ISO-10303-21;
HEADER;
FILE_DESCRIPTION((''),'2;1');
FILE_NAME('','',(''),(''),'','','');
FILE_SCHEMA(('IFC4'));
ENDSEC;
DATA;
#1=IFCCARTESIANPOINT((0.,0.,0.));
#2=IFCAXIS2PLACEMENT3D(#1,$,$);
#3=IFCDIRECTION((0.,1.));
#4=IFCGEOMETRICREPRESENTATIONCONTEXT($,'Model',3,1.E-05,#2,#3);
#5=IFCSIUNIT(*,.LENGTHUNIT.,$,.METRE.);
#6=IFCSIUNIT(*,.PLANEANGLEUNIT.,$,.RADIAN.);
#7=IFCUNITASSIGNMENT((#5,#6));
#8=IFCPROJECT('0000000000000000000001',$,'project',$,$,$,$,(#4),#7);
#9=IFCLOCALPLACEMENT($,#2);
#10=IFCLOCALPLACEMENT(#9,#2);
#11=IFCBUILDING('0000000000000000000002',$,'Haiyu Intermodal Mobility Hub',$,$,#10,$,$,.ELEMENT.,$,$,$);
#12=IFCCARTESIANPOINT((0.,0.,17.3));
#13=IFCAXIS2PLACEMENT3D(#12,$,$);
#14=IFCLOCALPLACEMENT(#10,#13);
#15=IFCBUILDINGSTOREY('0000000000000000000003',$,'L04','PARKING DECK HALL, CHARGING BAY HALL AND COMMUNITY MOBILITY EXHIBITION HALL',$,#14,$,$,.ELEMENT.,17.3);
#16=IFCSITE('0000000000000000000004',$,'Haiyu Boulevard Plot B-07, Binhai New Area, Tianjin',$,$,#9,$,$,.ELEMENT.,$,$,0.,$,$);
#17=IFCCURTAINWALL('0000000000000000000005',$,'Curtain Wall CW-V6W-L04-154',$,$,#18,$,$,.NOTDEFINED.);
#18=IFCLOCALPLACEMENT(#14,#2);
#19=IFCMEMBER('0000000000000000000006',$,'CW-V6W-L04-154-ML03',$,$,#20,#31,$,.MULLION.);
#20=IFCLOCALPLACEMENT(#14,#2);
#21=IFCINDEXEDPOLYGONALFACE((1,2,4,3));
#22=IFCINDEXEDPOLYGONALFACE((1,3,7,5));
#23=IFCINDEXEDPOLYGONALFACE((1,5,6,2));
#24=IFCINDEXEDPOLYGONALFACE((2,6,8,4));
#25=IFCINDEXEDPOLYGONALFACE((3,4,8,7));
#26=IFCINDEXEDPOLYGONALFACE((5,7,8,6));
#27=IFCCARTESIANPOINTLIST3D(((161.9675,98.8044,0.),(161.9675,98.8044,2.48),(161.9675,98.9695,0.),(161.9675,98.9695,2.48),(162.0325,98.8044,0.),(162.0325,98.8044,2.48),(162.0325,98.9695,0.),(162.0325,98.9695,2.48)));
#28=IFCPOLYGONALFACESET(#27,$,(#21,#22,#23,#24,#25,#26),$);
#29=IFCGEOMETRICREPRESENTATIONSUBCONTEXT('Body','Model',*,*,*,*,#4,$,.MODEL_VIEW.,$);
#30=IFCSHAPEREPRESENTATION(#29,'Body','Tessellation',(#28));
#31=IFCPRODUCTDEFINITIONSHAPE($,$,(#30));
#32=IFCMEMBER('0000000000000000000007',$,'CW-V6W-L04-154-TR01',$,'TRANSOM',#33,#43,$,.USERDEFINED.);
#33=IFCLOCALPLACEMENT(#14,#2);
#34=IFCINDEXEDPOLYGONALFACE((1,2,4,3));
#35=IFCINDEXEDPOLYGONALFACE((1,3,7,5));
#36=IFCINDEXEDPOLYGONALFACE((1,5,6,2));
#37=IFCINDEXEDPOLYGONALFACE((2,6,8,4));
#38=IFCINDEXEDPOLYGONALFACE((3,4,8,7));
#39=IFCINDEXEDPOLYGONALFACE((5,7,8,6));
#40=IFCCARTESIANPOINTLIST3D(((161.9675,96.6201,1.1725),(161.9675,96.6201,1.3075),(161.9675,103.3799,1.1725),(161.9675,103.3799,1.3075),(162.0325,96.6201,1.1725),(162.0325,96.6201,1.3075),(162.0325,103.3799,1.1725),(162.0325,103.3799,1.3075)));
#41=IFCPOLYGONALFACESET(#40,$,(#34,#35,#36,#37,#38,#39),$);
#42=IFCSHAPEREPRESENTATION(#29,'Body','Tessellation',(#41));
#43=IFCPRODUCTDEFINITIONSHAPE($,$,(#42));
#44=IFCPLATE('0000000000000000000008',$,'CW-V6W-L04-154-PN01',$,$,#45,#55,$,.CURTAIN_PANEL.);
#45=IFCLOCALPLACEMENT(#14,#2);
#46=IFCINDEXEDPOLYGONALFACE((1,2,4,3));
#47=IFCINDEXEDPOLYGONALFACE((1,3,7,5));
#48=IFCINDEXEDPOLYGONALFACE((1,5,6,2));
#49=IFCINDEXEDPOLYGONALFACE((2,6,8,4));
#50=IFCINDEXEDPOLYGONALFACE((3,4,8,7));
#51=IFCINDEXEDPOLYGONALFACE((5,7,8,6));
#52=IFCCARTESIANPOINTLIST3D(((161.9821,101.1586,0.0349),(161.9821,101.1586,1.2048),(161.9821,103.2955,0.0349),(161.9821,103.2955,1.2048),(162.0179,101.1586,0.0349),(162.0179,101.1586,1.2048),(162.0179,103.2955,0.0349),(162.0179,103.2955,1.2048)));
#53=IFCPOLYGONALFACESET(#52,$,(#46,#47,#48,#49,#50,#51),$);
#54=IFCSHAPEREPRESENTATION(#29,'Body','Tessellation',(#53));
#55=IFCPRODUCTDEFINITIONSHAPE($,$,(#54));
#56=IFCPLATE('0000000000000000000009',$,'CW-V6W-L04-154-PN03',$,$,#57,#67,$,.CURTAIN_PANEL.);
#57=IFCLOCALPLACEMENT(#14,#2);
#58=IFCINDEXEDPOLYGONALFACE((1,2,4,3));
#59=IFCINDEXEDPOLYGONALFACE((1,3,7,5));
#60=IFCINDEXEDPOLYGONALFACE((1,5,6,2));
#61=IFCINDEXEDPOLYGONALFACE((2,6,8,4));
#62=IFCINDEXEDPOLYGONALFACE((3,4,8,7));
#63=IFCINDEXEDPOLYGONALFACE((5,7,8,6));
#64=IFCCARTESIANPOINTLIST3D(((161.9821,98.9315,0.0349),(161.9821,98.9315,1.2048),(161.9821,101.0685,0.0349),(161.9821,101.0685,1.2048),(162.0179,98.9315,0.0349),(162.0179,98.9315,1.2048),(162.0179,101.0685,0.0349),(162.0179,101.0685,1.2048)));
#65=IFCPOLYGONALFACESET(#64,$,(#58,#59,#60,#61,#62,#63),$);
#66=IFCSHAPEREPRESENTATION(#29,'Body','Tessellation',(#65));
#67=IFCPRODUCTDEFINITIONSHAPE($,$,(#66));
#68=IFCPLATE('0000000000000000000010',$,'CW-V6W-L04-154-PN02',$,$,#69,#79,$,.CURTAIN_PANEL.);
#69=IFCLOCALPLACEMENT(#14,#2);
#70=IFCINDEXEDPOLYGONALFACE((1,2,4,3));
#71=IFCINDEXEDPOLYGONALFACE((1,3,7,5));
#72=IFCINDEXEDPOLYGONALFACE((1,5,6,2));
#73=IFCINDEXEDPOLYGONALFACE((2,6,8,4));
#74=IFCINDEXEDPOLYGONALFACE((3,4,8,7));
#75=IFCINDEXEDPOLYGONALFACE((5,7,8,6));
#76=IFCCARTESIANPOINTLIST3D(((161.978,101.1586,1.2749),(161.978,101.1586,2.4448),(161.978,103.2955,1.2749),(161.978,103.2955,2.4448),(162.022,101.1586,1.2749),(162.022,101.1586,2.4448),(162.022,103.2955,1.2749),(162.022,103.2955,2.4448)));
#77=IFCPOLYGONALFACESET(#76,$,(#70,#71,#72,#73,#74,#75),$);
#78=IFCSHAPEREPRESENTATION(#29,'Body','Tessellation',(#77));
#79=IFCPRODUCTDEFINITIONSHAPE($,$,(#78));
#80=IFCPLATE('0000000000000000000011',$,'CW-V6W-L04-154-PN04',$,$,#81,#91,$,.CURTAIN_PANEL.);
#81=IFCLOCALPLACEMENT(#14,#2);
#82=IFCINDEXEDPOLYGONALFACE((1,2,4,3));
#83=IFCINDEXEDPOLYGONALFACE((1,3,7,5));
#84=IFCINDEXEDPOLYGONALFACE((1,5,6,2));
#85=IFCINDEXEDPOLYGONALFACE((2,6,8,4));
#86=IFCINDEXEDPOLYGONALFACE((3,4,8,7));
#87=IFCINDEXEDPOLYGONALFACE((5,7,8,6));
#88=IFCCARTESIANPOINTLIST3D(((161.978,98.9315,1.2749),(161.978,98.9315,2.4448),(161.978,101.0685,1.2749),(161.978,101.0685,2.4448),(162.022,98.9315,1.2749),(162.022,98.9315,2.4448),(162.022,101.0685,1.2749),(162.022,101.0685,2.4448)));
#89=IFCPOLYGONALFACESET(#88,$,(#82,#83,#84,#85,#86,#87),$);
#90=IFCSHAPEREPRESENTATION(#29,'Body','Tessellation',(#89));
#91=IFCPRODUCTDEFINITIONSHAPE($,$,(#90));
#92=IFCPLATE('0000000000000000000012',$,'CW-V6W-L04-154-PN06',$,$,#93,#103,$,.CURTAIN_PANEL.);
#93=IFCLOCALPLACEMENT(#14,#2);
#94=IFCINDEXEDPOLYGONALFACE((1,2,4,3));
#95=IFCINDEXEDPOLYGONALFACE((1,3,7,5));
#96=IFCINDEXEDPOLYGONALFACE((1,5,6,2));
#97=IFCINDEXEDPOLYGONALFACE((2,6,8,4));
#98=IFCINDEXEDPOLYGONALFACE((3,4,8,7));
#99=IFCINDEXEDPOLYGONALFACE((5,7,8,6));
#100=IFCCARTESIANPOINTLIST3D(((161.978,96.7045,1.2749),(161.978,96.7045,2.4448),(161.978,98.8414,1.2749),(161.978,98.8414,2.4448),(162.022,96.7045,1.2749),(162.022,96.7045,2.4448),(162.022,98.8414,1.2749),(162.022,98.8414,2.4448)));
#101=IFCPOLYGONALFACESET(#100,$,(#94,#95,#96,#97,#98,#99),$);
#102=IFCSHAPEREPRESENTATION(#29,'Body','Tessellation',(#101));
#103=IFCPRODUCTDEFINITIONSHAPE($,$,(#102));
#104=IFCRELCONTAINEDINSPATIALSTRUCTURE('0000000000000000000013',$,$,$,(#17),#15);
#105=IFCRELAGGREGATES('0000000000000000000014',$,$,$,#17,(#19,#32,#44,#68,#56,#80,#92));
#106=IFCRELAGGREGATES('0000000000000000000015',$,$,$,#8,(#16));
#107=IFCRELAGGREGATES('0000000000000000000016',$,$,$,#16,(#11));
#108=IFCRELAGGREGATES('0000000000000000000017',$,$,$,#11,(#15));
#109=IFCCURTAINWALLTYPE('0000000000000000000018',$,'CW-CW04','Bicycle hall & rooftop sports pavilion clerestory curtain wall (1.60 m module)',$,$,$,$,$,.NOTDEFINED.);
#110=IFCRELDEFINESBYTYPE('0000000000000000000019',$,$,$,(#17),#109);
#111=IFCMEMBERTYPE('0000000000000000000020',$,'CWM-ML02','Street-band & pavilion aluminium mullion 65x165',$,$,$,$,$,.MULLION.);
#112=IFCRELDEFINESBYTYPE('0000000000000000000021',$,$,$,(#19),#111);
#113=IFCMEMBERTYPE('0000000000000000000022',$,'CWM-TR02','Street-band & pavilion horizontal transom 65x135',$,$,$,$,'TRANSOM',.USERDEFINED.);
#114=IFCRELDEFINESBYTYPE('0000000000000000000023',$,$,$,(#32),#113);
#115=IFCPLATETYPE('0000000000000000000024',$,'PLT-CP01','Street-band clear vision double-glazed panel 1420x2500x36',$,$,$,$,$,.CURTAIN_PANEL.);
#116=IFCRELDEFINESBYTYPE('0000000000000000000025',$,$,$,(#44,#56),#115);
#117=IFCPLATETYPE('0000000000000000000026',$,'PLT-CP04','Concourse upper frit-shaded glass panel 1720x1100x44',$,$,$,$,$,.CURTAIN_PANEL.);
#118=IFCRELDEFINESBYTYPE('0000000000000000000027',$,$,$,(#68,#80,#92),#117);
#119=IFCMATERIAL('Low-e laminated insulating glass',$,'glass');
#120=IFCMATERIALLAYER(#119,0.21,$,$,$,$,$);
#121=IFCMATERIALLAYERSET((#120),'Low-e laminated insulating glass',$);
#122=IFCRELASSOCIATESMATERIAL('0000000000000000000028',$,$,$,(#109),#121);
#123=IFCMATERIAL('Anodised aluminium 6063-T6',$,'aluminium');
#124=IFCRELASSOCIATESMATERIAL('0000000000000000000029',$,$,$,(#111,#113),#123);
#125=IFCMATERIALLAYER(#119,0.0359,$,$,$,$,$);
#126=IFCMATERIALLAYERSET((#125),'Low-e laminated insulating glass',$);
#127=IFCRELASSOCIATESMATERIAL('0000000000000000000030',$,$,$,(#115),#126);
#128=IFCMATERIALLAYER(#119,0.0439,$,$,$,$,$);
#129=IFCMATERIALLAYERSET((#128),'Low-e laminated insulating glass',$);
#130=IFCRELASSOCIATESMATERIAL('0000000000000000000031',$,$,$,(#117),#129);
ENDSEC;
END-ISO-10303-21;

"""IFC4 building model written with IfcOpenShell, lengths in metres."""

from ifc_helpers import new_model, si_unit, direction, frame, origin, origin_2d, place, context, subcontext, project, spatial, rectangle, extrude, material, layer, layer_set, material_profile, profile_set, type_object, element, aggregate, save


model = new_model("IFC4")

# Units and contexts
model_context = context("Model", 3, precision=1e-05, world=origin(), true_north=direction((0.0, 1.0)))
body_context = subcontext(model_context, "Body", "Model", "MODEL_VIEW")
ifc_project = project(units=[si_unit("LENGTHUNIT", "METRE"), si_unit("PLANEANGLEUNIT", "RADIAN")], contexts=[model_context])

# Site, building, storey
site_placement = place(None, origin())
site = spatial("IfcSite", under=ifc_project, at=site_placement, Name="Haiyu Boulevard Plot B-07, Binhai New Area, Tianjin", CompositionType="ELEMENT", RefElevation=0.0)
building_placement = place(site_placement, origin())
building = spatial("IfcBuilding", under=site, at=building_placement, Name="Haiyu Intermodal Mobility Hub", CompositionType="ELEMENT")
storey_placement = place(building_placement, frame((0.0, 0.0, 17.3)))
storey = spatial("IfcBuildingStorey", under=building, at=storey_placement, Name="L04", Description="PARKING DECK HALL, CHARGING BAY HALL AND COMMUNITY MOBILITY EXHIBITION HALL", CompositionType="ELEMENT", Elevation=17.3)

# Curtain wall, members, plates
ifc_material_1 = material(Name="Low-e laminated insulating glass", Category="glass")
ifc_layer_1 = layer(ifc_material_1, 0.21)
ifc_layer_set_1 = layer_set([ifc_layer_1], Name="Low-e laminated insulating glass")
curtain_wall_type = type_object("IfcCurtainWallType", Name="CW-CW04", Description="Bicycle hall & rooftop sports pavilion clerestory curtain wall (1.60 m module)", PredefinedType="NOTDEFINED", material=ifc_layer_set_1)
curtain_wall_placement = place(storey_placement, origin())
curtain_wall = element("IfcCurtainWall", 1, at=curtain_wall_placement, inside=storey, type_object=curtain_wall_type, Name="Curtain Wall CW-V6W-L04-154", PredefinedType="NOTDEFINED")
ifc_material_2 = material(Name="Anodised aluminium 6063-T6", Category="aluminium")
ifc_material_profile_1 = material_profile(ifc_material_2, rectangle(XDim=0.0649, YDim=0.165, at=origin_2d()), Name="ALU65x165")
ifc_profile_set_1 = profile_set([ifc_material_profile_1], Name="Anodised aluminium 6063-T6")
member_type_1 = type_object("IfcMemberType", Name="CWM-ML02", Description="Street-band & pavilion aluminium mullion 65x165", PredefinedType="MULLION", material=ifc_profile_set_1)
member_1_placement = place(storey_placement, frame((162.0, 98.887, 0.0), z_axis=(0.0, 0.0, 1.0), x_axis=(1.0, 0.0, 0.0)))
member_1 = element("IfcMember", 2, at=member_1_placement, type_object=member_type_1, Name="CW-V6W-L04-154-ML03", PredefinedType="MULLION", context=body_context, shape_type="SweptSolid", body=[
    extrude(rectangle(XDim=0.0649, YDim=0.165, at=origin_2d()), origin(), (0.0, 0.0, 1.0), 2.48),
])
ifc_material_profile_2 = material_profile(ifc_material_2, rectangle(XDim=0.0649, YDim=0.135, at=origin_2d()), Name="ALU65x135")
ifc_profile_set_2 = profile_set([ifc_material_profile_2], Name="Anodised aluminium 6063-T6")
member_type_2 = type_object("IfcMemberType", Name="CWM-TR02", Description="Street-band & pavilion horizontal transom 65x135", ElementType="TRANSOM", PredefinedType="USERDEFINED", material=ifc_profile_set_2)
member_2_placement = place(storey_placement, frame((162.0, 103.3799, 1.24), z_axis=(0.0, -1.0, 0.0), x_axis=(1.0, 0.0, 0.0)))
member_2 = element("IfcMember", 3, at=member_2_placement, type_object=member_type_2, Name="CW-V6W-L04-154-TR01", ObjectType="TRANSOM", PredefinedType="USERDEFINED", context=body_context, shape_type="SweptSolid", body=[
    extrude(rectangle(XDim=0.0649, YDim=0.135, at=origin_2d()), origin(), (0.0, 0.0, 1.0), 6.7598),
])
ifc_layer_2 = layer(ifc_material_1, 0.0359)
ifc_layer_set_2 = layer_set([ifc_layer_2], Name="Low-e laminated insulating glass")
plate_type_1 = type_object("IfcPlateType", Name="PLT-CP01", Description="Street-band clear vision double-glazed panel 1420x2500x36", PredefinedType="CURTAIN_PANEL", material=ifc_layer_set_2)
plate_1_placement = place(storey_placement, frame((162.0, 102.2271, 0.0349), z_axis=(0.0, 0.0, 1.0), x_axis=(0.0, -1.0, 0.0)))
plate_1 = element("IfcPlate", 4, at=plate_1_placement, type_object=plate_type_1, Name="CW-V6W-L04-154-PN01", PredefinedType="CURTAIN_PANEL", context=body_context, shape_type="SweptSolid", body=[
    extrude(rectangle(XDim=2.137, YDim=0.0359, at=origin_2d()), origin(), (0.0, 0.0, 1.0), 1.1699),
])
plate_2_placement = place(storey_placement, frame((162.0, 100.0, 0.0349), z_axis=(0.0, 0.0, 1.0), x_axis=(0.0, -1.0, 0.0)))
plate_2 = element("IfcPlate", 5, at=plate_2_placement, type_object=plate_type_1, Name="CW-V6W-L04-154-PN03", PredefinedType="CURTAIN_PANEL", context=body_context, shape_type="SweptSolid", body=[
    extrude(rectangle(XDim=2.137, YDim=0.0359, at=origin_2d()), origin(), (0.0, 0.0, 1.0), 1.1699),
])
ifc_layer_3 = layer(ifc_material_1, 0.0439)
ifc_layer_set_3 = layer_set([ifc_layer_3], Name="Low-e laminated insulating glass")
plate_type_2 = type_object("IfcPlateType", Name="PLT-CP04", Description="Concourse upper frit-shaded glass panel 1720x1100x44", PredefinedType="CURTAIN_PANEL", material=ifc_layer_set_3)
plate_3_placement = place(storey_placement, frame((162.0, 102.2271, 1.2749), z_axis=(0.0, 0.0, 1.0), x_axis=(0.0, -1.0, 0.0)))
plate_3 = element("IfcPlate", 6, at=plate_3_placement, type_object=plate_type_2, Name="CW-V6W-L04-154-PN02", PredefinedType="CURTAIN_PANEL", context=body_context, shape_type="SweptSolid", body=[
    extrude(rectangle(XDim=2.137, YDim=0.0439, at=origin_2d()), origin(), (0.0, 0.0, 1.0), 1.1699),
])
plate_4_placement = place(storey_placement, frame((162.0, 100.0, 1.2749), z_axis=(0.0, 0.0, 1.0), x_axis=(0.0, -1.0, 0.0)))
plate_4 = element("IfcPlate", 7, at=plate_4_placement, type_object=plate_type_2, Name="CW-V6W-L04-154-PN04", PredefinedType="CURTAIN_PANEL", context=body_context, shape_type="SweptSolid", body=[
    extrude(rectangle(XDim=2.137, YDim=0.0439, at=origin_2d()), origin(), (0.0, 0.0, 1.0), 1.1699),
])
plate_5_placement = place(storey_placement, frame((162.0, 97.7729, 1.2749), z_axis=(0.0, 0.0, 1.0), x_axis=(0.0, -1.0, 0.0)))
plate_5 = element("IfcPlate", 8, at=plate_5_placement, type_object=plate_type_2, Name="CW-V6W-L04-154-PN06", PredefinedType="CURTAIN_PANEL", context=body_context, shape_type="SweptSolid", body=[
    extrude(rectangle(XDim=2.137, YDim=0.0439, at=origin_2d()), origin(), (0.0, 0.0, 1.0), 1.1699),
])
aggregate(curtain_wall, [member_1, member_2, plate_1, plate_3, plate_2, plate_4, plate_5])

save(model, "model.ifc")
